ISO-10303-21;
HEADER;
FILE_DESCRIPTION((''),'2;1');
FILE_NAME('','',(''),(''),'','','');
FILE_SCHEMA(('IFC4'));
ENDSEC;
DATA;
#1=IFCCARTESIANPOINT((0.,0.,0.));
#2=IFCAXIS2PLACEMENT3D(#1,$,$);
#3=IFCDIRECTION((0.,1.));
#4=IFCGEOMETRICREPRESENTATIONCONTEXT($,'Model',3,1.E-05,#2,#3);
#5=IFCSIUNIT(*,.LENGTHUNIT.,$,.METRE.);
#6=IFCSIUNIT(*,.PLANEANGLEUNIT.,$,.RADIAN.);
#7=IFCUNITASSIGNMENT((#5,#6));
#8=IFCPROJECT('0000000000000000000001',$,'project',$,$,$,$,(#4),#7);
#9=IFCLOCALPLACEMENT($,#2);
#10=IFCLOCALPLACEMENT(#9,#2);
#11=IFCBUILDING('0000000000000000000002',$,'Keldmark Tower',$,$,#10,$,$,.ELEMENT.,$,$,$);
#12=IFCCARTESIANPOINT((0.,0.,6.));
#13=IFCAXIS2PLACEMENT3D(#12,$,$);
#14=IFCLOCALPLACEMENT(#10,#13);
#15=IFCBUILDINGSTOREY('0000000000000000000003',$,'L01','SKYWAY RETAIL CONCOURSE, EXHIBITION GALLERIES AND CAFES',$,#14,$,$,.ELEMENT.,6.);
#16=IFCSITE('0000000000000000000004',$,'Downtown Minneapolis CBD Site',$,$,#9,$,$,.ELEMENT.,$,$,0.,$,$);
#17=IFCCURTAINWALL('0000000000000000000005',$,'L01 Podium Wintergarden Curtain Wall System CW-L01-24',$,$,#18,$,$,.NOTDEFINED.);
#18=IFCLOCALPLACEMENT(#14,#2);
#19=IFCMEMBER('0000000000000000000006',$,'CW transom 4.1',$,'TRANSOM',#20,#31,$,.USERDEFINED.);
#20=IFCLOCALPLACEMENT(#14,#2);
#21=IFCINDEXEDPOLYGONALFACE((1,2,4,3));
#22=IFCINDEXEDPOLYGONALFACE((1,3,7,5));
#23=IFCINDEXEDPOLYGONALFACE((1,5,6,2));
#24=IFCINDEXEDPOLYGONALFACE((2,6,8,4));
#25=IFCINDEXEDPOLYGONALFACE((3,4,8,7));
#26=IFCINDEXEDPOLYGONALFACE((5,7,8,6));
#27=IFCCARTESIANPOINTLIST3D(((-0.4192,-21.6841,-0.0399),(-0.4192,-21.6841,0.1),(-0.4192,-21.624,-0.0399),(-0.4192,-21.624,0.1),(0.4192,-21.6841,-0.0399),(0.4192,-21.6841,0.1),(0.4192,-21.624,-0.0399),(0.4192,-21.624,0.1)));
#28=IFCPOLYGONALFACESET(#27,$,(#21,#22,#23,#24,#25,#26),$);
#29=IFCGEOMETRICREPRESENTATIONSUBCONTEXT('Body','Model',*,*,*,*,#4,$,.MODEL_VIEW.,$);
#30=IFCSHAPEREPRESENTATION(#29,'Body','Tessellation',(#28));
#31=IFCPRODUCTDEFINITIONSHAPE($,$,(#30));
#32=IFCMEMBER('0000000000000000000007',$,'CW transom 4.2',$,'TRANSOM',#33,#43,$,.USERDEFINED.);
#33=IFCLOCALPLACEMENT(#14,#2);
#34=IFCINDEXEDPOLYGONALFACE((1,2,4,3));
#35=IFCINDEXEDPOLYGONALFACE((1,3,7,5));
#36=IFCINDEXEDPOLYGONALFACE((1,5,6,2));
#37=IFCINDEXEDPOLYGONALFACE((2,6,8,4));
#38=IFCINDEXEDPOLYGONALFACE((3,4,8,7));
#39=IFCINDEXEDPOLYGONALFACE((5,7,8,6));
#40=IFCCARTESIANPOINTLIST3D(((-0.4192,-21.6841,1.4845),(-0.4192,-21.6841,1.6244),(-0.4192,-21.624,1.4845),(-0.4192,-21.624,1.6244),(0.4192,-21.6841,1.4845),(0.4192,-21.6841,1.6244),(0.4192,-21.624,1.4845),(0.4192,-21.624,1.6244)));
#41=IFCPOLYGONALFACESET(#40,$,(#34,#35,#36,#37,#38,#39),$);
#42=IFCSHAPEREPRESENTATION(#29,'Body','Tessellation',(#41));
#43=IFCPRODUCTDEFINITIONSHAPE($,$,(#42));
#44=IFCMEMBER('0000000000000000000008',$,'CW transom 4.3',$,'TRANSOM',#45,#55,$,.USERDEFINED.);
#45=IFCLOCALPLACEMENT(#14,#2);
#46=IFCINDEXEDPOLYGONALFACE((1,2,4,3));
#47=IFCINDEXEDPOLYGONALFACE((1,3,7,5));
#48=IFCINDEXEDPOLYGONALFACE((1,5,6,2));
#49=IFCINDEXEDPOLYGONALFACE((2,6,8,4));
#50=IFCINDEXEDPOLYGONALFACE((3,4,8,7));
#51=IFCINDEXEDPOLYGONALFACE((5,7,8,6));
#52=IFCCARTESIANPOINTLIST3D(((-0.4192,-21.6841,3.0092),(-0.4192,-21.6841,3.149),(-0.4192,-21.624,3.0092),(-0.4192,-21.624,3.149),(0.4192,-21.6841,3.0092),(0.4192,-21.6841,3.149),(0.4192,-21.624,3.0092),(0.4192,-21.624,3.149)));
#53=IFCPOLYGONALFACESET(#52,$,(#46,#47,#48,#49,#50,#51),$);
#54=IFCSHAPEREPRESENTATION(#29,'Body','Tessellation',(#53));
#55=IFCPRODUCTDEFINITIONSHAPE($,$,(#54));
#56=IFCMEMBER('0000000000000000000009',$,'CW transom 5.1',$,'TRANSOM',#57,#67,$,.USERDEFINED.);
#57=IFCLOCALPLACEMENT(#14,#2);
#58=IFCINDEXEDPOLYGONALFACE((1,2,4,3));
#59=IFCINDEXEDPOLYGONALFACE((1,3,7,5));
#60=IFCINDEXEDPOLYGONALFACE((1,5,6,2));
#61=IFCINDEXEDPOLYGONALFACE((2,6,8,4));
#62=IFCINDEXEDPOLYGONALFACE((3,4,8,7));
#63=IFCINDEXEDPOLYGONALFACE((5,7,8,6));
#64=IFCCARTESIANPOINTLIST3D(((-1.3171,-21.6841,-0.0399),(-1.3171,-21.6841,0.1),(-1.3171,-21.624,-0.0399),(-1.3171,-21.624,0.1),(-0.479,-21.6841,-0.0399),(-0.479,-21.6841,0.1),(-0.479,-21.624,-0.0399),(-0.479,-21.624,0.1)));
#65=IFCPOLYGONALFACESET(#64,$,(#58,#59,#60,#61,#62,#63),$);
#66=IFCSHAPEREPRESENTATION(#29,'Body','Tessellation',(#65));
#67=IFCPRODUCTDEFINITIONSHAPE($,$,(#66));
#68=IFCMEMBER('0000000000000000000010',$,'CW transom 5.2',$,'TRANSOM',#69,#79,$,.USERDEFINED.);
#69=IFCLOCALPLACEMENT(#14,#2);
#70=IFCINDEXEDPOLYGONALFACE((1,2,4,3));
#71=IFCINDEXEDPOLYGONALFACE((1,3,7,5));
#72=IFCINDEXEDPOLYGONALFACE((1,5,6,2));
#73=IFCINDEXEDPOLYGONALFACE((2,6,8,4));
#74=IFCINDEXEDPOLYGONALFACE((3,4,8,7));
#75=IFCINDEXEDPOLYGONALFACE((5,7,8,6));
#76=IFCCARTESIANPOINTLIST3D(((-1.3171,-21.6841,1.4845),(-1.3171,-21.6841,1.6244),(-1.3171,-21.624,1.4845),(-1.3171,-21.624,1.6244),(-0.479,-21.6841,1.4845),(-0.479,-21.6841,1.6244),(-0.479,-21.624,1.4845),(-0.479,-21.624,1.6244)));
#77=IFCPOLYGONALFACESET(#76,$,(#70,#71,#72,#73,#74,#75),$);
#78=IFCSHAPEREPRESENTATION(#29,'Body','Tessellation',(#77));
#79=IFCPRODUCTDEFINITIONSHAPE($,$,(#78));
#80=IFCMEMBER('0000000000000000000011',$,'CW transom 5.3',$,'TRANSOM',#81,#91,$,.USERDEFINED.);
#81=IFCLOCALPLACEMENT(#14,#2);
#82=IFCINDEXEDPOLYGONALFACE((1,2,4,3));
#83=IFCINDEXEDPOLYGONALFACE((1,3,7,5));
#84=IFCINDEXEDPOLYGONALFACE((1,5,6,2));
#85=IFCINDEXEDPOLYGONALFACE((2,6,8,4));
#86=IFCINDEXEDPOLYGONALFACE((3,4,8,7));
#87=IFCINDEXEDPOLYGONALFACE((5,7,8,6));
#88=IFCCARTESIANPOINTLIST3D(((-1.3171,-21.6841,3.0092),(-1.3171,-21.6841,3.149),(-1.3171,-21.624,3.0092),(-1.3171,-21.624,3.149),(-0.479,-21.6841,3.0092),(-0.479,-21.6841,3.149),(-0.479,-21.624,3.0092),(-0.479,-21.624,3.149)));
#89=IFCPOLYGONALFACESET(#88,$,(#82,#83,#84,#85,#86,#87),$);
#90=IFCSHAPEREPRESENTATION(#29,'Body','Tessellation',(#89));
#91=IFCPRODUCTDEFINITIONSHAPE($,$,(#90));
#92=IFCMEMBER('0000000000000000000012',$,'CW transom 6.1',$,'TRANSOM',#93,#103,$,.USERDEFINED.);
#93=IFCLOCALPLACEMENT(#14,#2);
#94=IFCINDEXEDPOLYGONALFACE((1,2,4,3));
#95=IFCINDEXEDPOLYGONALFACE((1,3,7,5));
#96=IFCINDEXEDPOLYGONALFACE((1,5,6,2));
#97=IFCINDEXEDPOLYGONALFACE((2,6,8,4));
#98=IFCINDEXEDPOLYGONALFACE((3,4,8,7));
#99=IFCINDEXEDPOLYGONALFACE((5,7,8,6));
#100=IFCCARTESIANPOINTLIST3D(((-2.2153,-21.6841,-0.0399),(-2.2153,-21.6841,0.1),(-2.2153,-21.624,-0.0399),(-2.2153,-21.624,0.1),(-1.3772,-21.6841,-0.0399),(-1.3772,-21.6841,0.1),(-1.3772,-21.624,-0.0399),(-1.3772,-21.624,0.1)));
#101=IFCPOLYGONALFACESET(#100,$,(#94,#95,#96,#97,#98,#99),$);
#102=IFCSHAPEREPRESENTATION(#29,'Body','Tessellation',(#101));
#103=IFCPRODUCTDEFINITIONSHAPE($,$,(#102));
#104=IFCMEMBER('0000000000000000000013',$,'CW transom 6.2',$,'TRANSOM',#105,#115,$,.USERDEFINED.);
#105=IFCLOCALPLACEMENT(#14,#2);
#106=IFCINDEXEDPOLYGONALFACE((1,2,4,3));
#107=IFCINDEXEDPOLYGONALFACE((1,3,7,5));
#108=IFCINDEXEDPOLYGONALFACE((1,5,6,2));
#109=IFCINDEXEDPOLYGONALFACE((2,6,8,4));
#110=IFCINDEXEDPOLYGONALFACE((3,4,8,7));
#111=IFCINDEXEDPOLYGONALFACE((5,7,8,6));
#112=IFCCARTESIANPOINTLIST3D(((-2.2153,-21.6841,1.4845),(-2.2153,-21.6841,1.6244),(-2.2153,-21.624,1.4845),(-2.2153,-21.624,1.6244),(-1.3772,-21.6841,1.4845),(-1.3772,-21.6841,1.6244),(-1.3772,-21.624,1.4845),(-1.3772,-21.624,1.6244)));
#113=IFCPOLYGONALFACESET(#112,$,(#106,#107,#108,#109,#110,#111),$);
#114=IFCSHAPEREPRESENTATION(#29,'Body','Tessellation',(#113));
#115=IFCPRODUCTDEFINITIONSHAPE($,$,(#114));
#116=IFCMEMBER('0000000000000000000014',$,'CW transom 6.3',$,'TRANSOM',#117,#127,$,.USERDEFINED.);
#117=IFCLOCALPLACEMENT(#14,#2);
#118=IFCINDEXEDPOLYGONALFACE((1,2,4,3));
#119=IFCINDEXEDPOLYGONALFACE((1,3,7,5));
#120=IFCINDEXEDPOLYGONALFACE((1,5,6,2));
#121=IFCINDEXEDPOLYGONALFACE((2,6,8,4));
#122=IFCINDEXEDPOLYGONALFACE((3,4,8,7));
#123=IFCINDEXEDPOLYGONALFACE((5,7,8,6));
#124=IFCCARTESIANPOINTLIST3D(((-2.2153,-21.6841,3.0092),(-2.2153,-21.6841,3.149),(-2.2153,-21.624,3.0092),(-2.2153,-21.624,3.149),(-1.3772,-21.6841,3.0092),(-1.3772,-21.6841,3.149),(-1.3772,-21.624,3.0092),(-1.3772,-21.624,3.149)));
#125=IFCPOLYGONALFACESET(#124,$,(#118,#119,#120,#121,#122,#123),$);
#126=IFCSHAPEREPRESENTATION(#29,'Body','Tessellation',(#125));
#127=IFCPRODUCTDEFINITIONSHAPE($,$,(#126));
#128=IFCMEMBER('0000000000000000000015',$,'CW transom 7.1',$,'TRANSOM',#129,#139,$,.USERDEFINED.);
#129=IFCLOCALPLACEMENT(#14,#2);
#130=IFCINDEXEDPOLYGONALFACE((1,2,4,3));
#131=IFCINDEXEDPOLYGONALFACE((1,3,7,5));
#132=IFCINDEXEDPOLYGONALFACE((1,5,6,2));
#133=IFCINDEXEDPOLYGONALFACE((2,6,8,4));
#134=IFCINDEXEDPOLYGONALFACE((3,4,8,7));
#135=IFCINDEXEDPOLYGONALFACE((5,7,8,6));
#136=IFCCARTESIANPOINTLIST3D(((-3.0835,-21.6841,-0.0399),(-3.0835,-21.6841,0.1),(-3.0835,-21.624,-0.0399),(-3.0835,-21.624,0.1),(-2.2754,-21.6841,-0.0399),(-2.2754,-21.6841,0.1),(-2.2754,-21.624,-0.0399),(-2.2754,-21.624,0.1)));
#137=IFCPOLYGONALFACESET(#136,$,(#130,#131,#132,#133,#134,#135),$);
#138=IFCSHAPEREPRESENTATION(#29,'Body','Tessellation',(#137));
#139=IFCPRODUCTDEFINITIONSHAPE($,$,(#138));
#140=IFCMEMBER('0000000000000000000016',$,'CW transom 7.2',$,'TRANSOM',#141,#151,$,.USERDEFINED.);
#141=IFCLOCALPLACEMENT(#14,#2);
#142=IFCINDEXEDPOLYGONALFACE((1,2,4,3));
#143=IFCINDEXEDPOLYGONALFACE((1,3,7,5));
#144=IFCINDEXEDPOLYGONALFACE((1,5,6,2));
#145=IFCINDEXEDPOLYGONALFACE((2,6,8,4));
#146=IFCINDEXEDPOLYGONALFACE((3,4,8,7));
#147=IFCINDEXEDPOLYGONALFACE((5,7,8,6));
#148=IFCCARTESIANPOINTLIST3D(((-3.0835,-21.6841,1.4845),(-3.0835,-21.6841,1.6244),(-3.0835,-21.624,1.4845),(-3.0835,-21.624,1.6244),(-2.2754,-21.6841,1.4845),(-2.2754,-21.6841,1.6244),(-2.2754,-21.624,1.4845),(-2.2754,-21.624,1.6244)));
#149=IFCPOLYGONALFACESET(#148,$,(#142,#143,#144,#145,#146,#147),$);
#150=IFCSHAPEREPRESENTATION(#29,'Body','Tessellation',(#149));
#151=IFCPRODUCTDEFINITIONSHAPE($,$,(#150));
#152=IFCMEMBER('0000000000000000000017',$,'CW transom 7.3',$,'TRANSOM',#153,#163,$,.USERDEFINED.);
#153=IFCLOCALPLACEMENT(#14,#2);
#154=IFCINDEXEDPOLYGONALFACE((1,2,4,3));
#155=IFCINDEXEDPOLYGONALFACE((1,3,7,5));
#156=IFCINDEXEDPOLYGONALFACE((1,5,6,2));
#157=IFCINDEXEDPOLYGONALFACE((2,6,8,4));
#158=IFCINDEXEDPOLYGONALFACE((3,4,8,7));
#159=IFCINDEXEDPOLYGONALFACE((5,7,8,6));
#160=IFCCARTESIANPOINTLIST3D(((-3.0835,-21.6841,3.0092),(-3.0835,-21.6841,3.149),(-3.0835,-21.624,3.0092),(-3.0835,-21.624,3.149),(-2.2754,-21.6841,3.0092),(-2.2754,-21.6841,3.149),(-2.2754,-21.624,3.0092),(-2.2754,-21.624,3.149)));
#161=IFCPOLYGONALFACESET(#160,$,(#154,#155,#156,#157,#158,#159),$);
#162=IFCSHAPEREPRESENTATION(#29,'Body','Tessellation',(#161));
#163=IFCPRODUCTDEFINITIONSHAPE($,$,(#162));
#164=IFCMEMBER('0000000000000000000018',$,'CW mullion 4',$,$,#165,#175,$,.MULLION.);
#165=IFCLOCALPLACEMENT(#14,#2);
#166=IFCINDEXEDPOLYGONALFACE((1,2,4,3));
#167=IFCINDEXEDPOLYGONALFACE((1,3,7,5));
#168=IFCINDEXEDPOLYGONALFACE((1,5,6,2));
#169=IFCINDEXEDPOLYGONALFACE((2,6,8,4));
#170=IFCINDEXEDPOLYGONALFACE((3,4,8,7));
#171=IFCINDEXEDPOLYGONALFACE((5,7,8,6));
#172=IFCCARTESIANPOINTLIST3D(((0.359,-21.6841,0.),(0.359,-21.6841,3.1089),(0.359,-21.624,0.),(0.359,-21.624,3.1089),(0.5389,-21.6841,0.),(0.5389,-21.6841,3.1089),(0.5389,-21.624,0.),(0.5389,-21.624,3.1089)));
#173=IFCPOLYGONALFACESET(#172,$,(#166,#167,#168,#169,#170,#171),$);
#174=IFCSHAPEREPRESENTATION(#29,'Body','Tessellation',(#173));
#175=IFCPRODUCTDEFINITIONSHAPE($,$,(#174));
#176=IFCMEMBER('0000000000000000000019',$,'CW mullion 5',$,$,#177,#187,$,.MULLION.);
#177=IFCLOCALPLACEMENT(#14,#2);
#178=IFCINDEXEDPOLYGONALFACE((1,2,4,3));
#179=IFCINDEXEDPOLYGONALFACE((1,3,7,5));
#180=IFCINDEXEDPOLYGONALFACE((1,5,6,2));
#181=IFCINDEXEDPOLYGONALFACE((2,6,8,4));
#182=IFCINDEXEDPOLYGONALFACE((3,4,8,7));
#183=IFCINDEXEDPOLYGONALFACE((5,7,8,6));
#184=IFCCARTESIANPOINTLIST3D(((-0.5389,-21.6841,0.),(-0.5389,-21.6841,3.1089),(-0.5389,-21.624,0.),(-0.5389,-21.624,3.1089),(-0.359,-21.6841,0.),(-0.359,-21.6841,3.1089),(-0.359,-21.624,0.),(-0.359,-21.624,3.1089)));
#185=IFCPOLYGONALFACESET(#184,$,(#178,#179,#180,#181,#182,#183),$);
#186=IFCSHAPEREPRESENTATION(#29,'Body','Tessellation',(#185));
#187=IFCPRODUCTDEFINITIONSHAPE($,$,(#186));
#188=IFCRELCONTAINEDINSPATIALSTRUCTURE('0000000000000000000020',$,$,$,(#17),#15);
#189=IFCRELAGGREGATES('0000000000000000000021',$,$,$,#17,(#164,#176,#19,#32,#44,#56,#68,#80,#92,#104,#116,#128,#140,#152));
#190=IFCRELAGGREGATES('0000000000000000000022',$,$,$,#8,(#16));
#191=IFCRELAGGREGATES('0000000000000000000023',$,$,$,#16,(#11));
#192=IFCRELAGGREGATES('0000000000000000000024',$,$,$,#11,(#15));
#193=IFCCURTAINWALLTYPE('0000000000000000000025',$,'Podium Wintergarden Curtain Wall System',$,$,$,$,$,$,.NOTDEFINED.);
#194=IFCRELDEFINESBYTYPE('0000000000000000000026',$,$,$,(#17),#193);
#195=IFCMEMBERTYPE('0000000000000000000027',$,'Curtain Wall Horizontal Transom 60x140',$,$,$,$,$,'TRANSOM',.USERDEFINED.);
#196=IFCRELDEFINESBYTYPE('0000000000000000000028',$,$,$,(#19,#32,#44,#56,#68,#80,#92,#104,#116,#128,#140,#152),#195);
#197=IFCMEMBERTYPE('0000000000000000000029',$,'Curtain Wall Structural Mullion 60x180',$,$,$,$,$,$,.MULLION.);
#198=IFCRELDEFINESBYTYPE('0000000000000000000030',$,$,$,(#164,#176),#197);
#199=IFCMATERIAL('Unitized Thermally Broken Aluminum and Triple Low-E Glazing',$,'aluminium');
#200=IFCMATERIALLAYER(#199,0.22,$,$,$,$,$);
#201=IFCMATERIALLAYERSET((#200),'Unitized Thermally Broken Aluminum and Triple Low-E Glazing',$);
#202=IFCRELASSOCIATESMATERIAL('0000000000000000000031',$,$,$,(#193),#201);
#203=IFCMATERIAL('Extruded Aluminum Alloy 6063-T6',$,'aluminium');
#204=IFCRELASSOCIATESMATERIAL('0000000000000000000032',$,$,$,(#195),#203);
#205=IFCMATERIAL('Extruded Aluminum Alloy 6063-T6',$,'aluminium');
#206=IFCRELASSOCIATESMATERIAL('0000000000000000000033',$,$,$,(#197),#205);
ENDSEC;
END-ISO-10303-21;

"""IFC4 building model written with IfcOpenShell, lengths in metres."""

from ifc_helpers import new_model, si_unit, direction, frame, origin, origin_2d, place, context, subcontext, project, spatial, rectangle, extrude, material, layer, layer_set, material_profile, profile_set, type_object, element, aggregate, save


model = new_model("IFC4")

# Units and contexts
model_context = context("Model", 3, precision=1e-05, world=origin(), true_north=direction((0.0, 1.0)))
body_context = subcontext(model_context, "Body", "Model", "MODEL_VIEW")
ifc_project = project(units=[si_unit("LENGTHUNIT", "METRE"), si_unit("PLANEANGLEUNIT", "RADIAN")], contexts=[model_context])

# Site, building, storey
site_placement = place(None, origin())
site = spatial("IfcSite", under=ifc_project, at=site_placement, Name="Downtown Minneapolis CBD Site", CompositionType="ELEMENT", RefElevation=0.0)
building_placement = place(site_placement, origin())
building = spatial("IfcBuilding", under=site, at=building_placement, Name="Keldmark Tower", CompositionType="ELEMENT")
storey_placement = place(building_placement, frame((0.0, 0.0, 6.0)))
storey = spatial("IfcBuildingStorey", under=building, at=storey_placement, Name="L01", Description="SKYWAY RETAIL CONCOURSE, EXHIBITION GALLERIES AND CAFES", CompositionType="ELEMENT", Elevation=6.0)

# Curtain wall, members
ifc_material_1 = material(Name="Unitized Thermally Broken Aluminum and Triple Low-E Glazing", Category="aluminium")
ifc_layer_1 = layer(ifc_material_1, 0.22)
ifc_layer_set_1 = layer_set([ifc_layer_1], Name="Unitized Thermally Broken Aluminum and Triple Low-E Glazing")
curtain_wall_type = type_object("IfcCurtainWallType", Name="Podium Wintergarden Curtain Wall System", PredefinedType="NOTDEFINED", material=ifc_layer_set_1)
curtain_wall_placement = place(storey_placement, origin())
curtain_wall = element("IfcCurtainWall", 1, at=curtain_wall_placement, inside=storey, type_object=curtain_wall_type, Name="L01 Podium Wintergarden Curtain Wall System CW-L01-24", PredefinedType="NOTDEFINED")
ifc_material_2 = material(Name="Extruded Aluminum Alloy 6063-T6", Category="aluminium")
ifc_material_profile_1 = material_profile(ifc_material_2, rectangle(XDim=0.0601, YDim=0.1399, at=origin_2d()), Name="CWT60X140")
ifc_profile_set_1 = profile_set([ifc_material_profile_1], Name="Extruded Aluminum Alloy 6063-T6")
member_type_1 = type_object("IfcMemberType", Name="Curtain Wall Horizontal Transom 60x140", ElementType="TRANSOM", PredefinedType="USERDEFINED", material=ifc_profile_set_1)
member_1_placement = place(storey_placement, frame((0.4192, -21.6541, 0.03), z_axis=(-1.0, 0.0, 0.0), x_axis=(0.0, -1.0, 0.0)))
member_1 = element("IfcMember", 2, at=member_1_placement, type_object=member_type_1, Name="CW transom 4.1", ObjectType="TRANSOM", PredefinedType="USERDEFINED", context=body_context, shape_type="SweptSolid", body=[
    extrude(rectangle(XDim=0.0601, YDim=0.1399, at=origin_2d()), origin(), (0.0, 0.0, 1.0), 0.8384),
])
member_2_placement = place(storey_placement, frame((0.4192, -21.6541, 1.5544), z_axis=(-1.0, 0.0, 0.0), x_axis=(0.0, -1.0, 0.0)))
member_2 = element("IfcMember", 3, at=member_2_placement, type_object=member_type_1, Name="CW transom 4.2", ObjectType="TRANSOM", PredefinedType="USERDEFINED", context=body_context, shape_type="SweptSolid", body=[
    extrude(rectangle(XDim=0.0601, YDim=0.1399, at=origin_2d()), origin(), (0.0, 0.0, 1.0), 0.8384),
])
member_3_placement = place(storey_placement, frame((0.4192, -21.6541, 3.0791), z_axis=(-1.0, 0.0, 0.0), x_axis=(0.0, -1.0, 0.0)))
member_3 = element("IfcMember", 4, at=member_3_placement, type_object=member_type_1, Name="CW transom 4.3", ObjectType="TRANSOM", PredefinedType="USERDEFINED", context=body_context, shape_type="SweptSolid", body=[
    extrude(rectangle(XDim=0.0601, YDim=0.1399, at=origin_2d()), origin(), (0.0, 0.0, 1.0), 0.8384),
])
member_4_placement = place(storey_placement, frame((-0.479, -21.6541, 0.03), z_axis=(-1.0, 0.0, 0.0), x_axis=(0.0, -1.0, 0.0)))
member_4 = element("IfcMember", 5, at=member_4_placement, type_object=member_type_1, Name="CW transom 5.1", ObjectType="TRANSOM", PredefinedType="USERDEFINED", context=body_context, shape_type="SweptSolid", body=[
    extrude(rectangle(XDim=0.0601, YDim=0.1399, at=origin_2d()), origin(), (0.0, 0.0, 1.0), 0.8381),
])
member_5_placement = place(storey_placement, frame((-0.479, -21.6541, 1.5544), z_axis=(-1.0, 0.0, 0.0), x_axis=(0.0, -1.0, 0.0)))
member_5 = element("IfcMember", 6, at=member_5_placement, type_object=member_type_1, Name="CW transom 5.2", ObjectType="TRANSOM", PredefinedType="USERDEFINED", context=body_context, shape_type="SweptSolid", body=[
    extrude(rectangle(XDim=0.0601, YDim=0.1399, at=origin_2d()), origin(), (0.0, 0.0, 1.0), 0.8381),
])
member_6_placement = place(storey_placement, frame((-0.479, -21.6541, 3.0791), z_axis=(-1.0, 0.0, 0.0), x_axis=(0.0, -1.0, 0.0)))
member_6 = element("IfcMember", 7, at=member_6_placement, type_object=member_type_1, Name="CW transom 5.3", ObjectType="TRANSOM", PredefinedType="USERDEFINED", context=body_context, shape_type="SweptSolid", body=[
    extrude(rectangle(XDim=0.0601, YDim=0.1399, at=origin_2d()), origin(), (0.0, 0.0, 1.0), 0.8381),
])
member_7_placement = place(storey_placement, frame((-1.3772, -21.6541, 0.03), z_axis=(-1.0, 0.0, 0.0), x_axis=(0.0, -1.0, 0.0)))
member_7 = element("IfcMember", 8, at=member_7_placement, type_object=member_type_1, Name="CW transom 6.1", ObjectType="TRANSOM", PredefinedType="USERDEFINED", context=body_context, shape_type="SweptSolid", body=[
    extrude(rectangle(XDim=0.0601, YDim=0.1399, at=origin_2d()), origin(), (0.0, 0.0, 1.0), 0.8381),
])
member_8_placement = place(storey_placement, frame((-1.3772, -21.6541, 1.5544), z_axis=(-1.0, 0.0, 0.0), x_axis=(0.0, -1.0, 0.0)))
member_8 = element("IfcMember", 9, at=member_8_placement, type_object=member_type_1, Name="CW transom 6.2", ObjectType="TRANSOM", PredefinedType="USERDEFINED", context=body_context, shape_type="SweptSolid", body=[
    extrude(rectangle(XDim=0.0601, YDim=0.1399, at=origin_2d()), origin(), (0.0, 0.0, 1.0), 0.8381),
])
member_9_placement = place(storey_placement, frame((-1.3772, -21.6541, 3.0791), z_axis=(-1.0, 0.0, 0.0), x_axis=(0.0, -1.0, 0.0)))
member_9 = element("IfcMember", 10, at=member_9_placement, type_object=member_type_1, Name="CW transom 6.3", ObjectType="TRANSOM", PredefinedType="USERDEFINED", context=body_context, shape_type="SweptSolid", body=[
    extrude(rectangle(XDim=0.0601, YDim=0.1399, at=origin_2d()), origin(), (0.0, 0.0, 1.0), 0.8381),
])
member_10_placement = place(storey_placement, frame((-2.2754, -21.6541, 0.03), z_axis=(-1.0, 0.0, 0.0), x_axis=(0.0, -1.0, 0.0)))
member_10 = element("IfcMember", 11, at=member_10_placement, type_object=member_type_1, Name="CW transom 7.1", ObjectType="TRANSOM", PredefinedType="USERDEFINED", context=body_context, shape_type="SweptSolid", body=[
    extrude(rectangle(XDim=0.0601, YDim=0.1399, at=origin_2d()), origin(), (0.0, 0.0, 1.0), 0.8081),
])
member_11_placement = place(storey_placement, frame((-2.2754, -21.6541, 1.5544), z_axis=(-1.0, 0.0, 0.0), x_axis=(0.0, -1.0, 0.0)))
member_11 = element("IfcMember", 12, at=member_11_placement, type_object=member_type_1, Name="CW transom 7.2", ObjectType="TRANSOM", PredefinedType="USERDEFINED", context=body_context, shape_type="SweptSolid", body=[
    extrude(rectangle(XDim=0.0601, YDim=0.1399, at=origin_2d()), origin(), (0.0, 0.0, 1.0), 0.8081),
])
member_12_placement = place(storey_placement, frame((-2.2754, -21.6541, 3.0791), z_axis=(-1.0, 0.0, 0.0), x_axis=(0.0, -1.0, 0.0)))
member_12 = element("IfcMember", 13, at=member_12_placement, type_object=member_type_1, Name="CW transom 7.3", ObjectType="TRANSOM", PredefinedType="USERDEFINED", context=body_context, shape_type="SweptSolid", body=[
    extrude(rectangle(XDim=0.0601, YDim=0.1399, at=origin_2d()), origin(), (0.0, 0.0, 1.0), 0.8081),
])
ifc_material_3 = material(Name="Extruded Aluminum Alloy 6063-T6", Category="aluminium")
ifc_material_profile_2 = material_profile(ifc_material_3, rectangle(XDim=0.0601, YDim=0.1799, at=origin_2d()), Name="CWM60X180")
ifc_profile_set_2 = profile_set([ifc_material_profile_2], Name="Extruded Aluminum Alloy 6063-T6")
member_type_2 = type_object("IfcMemberType", Name="Curtain Wall Structural Mullion 60x180", PredefinedType="MULLION", material=ifc_profile_set_2)
member_13_placement = place(storey_placement, frame((0.449, -21.6541, 0.0), z_axis=(0.0, 0.0, 1.0), x_axis=(0.0, -1.0, 0.0)))
member_13 = element("IfcMember", 14, at=member_13_placement, type_object=member_type_2, Name="CW mullion 4", PredefinedType="MULLION", context=body_context, shape_type="SweptSolid", body=[
    extrude(rectangle(XDim=0.0601, YDim=0.1799, at=origin_2d()), origin(), (0.0, 0.0, 1.0), 3.1089),
])
member_14_placement = place(storey_placement, frame((-0.449, -21.6541, 0.0), z_axis=(0.0, 0.0, 1.0), x_axis=(0.0, -1.0, 0.0)))
member_14 = element("IfcMember", 15, at=member_14_placement, type_object=member_type_2, Name="CW mullion 5", PredefinedType="MULLION", context=body_context, shape_type="SweptSolid", body=[
    extrude(rectangle(XDim=0.0601, YDim=0.1799, at=origin_2d()), origin(), (0.0, 0.0, 1.0), 3.1089),
])

aggregate(curtain_wall, [member_13, member_14, member_1, member_2, member_3, member_4, member_5, member_6, member_7, member_8, member_9, member_10, member_11, member_12])

save(model, "model.ifc")
